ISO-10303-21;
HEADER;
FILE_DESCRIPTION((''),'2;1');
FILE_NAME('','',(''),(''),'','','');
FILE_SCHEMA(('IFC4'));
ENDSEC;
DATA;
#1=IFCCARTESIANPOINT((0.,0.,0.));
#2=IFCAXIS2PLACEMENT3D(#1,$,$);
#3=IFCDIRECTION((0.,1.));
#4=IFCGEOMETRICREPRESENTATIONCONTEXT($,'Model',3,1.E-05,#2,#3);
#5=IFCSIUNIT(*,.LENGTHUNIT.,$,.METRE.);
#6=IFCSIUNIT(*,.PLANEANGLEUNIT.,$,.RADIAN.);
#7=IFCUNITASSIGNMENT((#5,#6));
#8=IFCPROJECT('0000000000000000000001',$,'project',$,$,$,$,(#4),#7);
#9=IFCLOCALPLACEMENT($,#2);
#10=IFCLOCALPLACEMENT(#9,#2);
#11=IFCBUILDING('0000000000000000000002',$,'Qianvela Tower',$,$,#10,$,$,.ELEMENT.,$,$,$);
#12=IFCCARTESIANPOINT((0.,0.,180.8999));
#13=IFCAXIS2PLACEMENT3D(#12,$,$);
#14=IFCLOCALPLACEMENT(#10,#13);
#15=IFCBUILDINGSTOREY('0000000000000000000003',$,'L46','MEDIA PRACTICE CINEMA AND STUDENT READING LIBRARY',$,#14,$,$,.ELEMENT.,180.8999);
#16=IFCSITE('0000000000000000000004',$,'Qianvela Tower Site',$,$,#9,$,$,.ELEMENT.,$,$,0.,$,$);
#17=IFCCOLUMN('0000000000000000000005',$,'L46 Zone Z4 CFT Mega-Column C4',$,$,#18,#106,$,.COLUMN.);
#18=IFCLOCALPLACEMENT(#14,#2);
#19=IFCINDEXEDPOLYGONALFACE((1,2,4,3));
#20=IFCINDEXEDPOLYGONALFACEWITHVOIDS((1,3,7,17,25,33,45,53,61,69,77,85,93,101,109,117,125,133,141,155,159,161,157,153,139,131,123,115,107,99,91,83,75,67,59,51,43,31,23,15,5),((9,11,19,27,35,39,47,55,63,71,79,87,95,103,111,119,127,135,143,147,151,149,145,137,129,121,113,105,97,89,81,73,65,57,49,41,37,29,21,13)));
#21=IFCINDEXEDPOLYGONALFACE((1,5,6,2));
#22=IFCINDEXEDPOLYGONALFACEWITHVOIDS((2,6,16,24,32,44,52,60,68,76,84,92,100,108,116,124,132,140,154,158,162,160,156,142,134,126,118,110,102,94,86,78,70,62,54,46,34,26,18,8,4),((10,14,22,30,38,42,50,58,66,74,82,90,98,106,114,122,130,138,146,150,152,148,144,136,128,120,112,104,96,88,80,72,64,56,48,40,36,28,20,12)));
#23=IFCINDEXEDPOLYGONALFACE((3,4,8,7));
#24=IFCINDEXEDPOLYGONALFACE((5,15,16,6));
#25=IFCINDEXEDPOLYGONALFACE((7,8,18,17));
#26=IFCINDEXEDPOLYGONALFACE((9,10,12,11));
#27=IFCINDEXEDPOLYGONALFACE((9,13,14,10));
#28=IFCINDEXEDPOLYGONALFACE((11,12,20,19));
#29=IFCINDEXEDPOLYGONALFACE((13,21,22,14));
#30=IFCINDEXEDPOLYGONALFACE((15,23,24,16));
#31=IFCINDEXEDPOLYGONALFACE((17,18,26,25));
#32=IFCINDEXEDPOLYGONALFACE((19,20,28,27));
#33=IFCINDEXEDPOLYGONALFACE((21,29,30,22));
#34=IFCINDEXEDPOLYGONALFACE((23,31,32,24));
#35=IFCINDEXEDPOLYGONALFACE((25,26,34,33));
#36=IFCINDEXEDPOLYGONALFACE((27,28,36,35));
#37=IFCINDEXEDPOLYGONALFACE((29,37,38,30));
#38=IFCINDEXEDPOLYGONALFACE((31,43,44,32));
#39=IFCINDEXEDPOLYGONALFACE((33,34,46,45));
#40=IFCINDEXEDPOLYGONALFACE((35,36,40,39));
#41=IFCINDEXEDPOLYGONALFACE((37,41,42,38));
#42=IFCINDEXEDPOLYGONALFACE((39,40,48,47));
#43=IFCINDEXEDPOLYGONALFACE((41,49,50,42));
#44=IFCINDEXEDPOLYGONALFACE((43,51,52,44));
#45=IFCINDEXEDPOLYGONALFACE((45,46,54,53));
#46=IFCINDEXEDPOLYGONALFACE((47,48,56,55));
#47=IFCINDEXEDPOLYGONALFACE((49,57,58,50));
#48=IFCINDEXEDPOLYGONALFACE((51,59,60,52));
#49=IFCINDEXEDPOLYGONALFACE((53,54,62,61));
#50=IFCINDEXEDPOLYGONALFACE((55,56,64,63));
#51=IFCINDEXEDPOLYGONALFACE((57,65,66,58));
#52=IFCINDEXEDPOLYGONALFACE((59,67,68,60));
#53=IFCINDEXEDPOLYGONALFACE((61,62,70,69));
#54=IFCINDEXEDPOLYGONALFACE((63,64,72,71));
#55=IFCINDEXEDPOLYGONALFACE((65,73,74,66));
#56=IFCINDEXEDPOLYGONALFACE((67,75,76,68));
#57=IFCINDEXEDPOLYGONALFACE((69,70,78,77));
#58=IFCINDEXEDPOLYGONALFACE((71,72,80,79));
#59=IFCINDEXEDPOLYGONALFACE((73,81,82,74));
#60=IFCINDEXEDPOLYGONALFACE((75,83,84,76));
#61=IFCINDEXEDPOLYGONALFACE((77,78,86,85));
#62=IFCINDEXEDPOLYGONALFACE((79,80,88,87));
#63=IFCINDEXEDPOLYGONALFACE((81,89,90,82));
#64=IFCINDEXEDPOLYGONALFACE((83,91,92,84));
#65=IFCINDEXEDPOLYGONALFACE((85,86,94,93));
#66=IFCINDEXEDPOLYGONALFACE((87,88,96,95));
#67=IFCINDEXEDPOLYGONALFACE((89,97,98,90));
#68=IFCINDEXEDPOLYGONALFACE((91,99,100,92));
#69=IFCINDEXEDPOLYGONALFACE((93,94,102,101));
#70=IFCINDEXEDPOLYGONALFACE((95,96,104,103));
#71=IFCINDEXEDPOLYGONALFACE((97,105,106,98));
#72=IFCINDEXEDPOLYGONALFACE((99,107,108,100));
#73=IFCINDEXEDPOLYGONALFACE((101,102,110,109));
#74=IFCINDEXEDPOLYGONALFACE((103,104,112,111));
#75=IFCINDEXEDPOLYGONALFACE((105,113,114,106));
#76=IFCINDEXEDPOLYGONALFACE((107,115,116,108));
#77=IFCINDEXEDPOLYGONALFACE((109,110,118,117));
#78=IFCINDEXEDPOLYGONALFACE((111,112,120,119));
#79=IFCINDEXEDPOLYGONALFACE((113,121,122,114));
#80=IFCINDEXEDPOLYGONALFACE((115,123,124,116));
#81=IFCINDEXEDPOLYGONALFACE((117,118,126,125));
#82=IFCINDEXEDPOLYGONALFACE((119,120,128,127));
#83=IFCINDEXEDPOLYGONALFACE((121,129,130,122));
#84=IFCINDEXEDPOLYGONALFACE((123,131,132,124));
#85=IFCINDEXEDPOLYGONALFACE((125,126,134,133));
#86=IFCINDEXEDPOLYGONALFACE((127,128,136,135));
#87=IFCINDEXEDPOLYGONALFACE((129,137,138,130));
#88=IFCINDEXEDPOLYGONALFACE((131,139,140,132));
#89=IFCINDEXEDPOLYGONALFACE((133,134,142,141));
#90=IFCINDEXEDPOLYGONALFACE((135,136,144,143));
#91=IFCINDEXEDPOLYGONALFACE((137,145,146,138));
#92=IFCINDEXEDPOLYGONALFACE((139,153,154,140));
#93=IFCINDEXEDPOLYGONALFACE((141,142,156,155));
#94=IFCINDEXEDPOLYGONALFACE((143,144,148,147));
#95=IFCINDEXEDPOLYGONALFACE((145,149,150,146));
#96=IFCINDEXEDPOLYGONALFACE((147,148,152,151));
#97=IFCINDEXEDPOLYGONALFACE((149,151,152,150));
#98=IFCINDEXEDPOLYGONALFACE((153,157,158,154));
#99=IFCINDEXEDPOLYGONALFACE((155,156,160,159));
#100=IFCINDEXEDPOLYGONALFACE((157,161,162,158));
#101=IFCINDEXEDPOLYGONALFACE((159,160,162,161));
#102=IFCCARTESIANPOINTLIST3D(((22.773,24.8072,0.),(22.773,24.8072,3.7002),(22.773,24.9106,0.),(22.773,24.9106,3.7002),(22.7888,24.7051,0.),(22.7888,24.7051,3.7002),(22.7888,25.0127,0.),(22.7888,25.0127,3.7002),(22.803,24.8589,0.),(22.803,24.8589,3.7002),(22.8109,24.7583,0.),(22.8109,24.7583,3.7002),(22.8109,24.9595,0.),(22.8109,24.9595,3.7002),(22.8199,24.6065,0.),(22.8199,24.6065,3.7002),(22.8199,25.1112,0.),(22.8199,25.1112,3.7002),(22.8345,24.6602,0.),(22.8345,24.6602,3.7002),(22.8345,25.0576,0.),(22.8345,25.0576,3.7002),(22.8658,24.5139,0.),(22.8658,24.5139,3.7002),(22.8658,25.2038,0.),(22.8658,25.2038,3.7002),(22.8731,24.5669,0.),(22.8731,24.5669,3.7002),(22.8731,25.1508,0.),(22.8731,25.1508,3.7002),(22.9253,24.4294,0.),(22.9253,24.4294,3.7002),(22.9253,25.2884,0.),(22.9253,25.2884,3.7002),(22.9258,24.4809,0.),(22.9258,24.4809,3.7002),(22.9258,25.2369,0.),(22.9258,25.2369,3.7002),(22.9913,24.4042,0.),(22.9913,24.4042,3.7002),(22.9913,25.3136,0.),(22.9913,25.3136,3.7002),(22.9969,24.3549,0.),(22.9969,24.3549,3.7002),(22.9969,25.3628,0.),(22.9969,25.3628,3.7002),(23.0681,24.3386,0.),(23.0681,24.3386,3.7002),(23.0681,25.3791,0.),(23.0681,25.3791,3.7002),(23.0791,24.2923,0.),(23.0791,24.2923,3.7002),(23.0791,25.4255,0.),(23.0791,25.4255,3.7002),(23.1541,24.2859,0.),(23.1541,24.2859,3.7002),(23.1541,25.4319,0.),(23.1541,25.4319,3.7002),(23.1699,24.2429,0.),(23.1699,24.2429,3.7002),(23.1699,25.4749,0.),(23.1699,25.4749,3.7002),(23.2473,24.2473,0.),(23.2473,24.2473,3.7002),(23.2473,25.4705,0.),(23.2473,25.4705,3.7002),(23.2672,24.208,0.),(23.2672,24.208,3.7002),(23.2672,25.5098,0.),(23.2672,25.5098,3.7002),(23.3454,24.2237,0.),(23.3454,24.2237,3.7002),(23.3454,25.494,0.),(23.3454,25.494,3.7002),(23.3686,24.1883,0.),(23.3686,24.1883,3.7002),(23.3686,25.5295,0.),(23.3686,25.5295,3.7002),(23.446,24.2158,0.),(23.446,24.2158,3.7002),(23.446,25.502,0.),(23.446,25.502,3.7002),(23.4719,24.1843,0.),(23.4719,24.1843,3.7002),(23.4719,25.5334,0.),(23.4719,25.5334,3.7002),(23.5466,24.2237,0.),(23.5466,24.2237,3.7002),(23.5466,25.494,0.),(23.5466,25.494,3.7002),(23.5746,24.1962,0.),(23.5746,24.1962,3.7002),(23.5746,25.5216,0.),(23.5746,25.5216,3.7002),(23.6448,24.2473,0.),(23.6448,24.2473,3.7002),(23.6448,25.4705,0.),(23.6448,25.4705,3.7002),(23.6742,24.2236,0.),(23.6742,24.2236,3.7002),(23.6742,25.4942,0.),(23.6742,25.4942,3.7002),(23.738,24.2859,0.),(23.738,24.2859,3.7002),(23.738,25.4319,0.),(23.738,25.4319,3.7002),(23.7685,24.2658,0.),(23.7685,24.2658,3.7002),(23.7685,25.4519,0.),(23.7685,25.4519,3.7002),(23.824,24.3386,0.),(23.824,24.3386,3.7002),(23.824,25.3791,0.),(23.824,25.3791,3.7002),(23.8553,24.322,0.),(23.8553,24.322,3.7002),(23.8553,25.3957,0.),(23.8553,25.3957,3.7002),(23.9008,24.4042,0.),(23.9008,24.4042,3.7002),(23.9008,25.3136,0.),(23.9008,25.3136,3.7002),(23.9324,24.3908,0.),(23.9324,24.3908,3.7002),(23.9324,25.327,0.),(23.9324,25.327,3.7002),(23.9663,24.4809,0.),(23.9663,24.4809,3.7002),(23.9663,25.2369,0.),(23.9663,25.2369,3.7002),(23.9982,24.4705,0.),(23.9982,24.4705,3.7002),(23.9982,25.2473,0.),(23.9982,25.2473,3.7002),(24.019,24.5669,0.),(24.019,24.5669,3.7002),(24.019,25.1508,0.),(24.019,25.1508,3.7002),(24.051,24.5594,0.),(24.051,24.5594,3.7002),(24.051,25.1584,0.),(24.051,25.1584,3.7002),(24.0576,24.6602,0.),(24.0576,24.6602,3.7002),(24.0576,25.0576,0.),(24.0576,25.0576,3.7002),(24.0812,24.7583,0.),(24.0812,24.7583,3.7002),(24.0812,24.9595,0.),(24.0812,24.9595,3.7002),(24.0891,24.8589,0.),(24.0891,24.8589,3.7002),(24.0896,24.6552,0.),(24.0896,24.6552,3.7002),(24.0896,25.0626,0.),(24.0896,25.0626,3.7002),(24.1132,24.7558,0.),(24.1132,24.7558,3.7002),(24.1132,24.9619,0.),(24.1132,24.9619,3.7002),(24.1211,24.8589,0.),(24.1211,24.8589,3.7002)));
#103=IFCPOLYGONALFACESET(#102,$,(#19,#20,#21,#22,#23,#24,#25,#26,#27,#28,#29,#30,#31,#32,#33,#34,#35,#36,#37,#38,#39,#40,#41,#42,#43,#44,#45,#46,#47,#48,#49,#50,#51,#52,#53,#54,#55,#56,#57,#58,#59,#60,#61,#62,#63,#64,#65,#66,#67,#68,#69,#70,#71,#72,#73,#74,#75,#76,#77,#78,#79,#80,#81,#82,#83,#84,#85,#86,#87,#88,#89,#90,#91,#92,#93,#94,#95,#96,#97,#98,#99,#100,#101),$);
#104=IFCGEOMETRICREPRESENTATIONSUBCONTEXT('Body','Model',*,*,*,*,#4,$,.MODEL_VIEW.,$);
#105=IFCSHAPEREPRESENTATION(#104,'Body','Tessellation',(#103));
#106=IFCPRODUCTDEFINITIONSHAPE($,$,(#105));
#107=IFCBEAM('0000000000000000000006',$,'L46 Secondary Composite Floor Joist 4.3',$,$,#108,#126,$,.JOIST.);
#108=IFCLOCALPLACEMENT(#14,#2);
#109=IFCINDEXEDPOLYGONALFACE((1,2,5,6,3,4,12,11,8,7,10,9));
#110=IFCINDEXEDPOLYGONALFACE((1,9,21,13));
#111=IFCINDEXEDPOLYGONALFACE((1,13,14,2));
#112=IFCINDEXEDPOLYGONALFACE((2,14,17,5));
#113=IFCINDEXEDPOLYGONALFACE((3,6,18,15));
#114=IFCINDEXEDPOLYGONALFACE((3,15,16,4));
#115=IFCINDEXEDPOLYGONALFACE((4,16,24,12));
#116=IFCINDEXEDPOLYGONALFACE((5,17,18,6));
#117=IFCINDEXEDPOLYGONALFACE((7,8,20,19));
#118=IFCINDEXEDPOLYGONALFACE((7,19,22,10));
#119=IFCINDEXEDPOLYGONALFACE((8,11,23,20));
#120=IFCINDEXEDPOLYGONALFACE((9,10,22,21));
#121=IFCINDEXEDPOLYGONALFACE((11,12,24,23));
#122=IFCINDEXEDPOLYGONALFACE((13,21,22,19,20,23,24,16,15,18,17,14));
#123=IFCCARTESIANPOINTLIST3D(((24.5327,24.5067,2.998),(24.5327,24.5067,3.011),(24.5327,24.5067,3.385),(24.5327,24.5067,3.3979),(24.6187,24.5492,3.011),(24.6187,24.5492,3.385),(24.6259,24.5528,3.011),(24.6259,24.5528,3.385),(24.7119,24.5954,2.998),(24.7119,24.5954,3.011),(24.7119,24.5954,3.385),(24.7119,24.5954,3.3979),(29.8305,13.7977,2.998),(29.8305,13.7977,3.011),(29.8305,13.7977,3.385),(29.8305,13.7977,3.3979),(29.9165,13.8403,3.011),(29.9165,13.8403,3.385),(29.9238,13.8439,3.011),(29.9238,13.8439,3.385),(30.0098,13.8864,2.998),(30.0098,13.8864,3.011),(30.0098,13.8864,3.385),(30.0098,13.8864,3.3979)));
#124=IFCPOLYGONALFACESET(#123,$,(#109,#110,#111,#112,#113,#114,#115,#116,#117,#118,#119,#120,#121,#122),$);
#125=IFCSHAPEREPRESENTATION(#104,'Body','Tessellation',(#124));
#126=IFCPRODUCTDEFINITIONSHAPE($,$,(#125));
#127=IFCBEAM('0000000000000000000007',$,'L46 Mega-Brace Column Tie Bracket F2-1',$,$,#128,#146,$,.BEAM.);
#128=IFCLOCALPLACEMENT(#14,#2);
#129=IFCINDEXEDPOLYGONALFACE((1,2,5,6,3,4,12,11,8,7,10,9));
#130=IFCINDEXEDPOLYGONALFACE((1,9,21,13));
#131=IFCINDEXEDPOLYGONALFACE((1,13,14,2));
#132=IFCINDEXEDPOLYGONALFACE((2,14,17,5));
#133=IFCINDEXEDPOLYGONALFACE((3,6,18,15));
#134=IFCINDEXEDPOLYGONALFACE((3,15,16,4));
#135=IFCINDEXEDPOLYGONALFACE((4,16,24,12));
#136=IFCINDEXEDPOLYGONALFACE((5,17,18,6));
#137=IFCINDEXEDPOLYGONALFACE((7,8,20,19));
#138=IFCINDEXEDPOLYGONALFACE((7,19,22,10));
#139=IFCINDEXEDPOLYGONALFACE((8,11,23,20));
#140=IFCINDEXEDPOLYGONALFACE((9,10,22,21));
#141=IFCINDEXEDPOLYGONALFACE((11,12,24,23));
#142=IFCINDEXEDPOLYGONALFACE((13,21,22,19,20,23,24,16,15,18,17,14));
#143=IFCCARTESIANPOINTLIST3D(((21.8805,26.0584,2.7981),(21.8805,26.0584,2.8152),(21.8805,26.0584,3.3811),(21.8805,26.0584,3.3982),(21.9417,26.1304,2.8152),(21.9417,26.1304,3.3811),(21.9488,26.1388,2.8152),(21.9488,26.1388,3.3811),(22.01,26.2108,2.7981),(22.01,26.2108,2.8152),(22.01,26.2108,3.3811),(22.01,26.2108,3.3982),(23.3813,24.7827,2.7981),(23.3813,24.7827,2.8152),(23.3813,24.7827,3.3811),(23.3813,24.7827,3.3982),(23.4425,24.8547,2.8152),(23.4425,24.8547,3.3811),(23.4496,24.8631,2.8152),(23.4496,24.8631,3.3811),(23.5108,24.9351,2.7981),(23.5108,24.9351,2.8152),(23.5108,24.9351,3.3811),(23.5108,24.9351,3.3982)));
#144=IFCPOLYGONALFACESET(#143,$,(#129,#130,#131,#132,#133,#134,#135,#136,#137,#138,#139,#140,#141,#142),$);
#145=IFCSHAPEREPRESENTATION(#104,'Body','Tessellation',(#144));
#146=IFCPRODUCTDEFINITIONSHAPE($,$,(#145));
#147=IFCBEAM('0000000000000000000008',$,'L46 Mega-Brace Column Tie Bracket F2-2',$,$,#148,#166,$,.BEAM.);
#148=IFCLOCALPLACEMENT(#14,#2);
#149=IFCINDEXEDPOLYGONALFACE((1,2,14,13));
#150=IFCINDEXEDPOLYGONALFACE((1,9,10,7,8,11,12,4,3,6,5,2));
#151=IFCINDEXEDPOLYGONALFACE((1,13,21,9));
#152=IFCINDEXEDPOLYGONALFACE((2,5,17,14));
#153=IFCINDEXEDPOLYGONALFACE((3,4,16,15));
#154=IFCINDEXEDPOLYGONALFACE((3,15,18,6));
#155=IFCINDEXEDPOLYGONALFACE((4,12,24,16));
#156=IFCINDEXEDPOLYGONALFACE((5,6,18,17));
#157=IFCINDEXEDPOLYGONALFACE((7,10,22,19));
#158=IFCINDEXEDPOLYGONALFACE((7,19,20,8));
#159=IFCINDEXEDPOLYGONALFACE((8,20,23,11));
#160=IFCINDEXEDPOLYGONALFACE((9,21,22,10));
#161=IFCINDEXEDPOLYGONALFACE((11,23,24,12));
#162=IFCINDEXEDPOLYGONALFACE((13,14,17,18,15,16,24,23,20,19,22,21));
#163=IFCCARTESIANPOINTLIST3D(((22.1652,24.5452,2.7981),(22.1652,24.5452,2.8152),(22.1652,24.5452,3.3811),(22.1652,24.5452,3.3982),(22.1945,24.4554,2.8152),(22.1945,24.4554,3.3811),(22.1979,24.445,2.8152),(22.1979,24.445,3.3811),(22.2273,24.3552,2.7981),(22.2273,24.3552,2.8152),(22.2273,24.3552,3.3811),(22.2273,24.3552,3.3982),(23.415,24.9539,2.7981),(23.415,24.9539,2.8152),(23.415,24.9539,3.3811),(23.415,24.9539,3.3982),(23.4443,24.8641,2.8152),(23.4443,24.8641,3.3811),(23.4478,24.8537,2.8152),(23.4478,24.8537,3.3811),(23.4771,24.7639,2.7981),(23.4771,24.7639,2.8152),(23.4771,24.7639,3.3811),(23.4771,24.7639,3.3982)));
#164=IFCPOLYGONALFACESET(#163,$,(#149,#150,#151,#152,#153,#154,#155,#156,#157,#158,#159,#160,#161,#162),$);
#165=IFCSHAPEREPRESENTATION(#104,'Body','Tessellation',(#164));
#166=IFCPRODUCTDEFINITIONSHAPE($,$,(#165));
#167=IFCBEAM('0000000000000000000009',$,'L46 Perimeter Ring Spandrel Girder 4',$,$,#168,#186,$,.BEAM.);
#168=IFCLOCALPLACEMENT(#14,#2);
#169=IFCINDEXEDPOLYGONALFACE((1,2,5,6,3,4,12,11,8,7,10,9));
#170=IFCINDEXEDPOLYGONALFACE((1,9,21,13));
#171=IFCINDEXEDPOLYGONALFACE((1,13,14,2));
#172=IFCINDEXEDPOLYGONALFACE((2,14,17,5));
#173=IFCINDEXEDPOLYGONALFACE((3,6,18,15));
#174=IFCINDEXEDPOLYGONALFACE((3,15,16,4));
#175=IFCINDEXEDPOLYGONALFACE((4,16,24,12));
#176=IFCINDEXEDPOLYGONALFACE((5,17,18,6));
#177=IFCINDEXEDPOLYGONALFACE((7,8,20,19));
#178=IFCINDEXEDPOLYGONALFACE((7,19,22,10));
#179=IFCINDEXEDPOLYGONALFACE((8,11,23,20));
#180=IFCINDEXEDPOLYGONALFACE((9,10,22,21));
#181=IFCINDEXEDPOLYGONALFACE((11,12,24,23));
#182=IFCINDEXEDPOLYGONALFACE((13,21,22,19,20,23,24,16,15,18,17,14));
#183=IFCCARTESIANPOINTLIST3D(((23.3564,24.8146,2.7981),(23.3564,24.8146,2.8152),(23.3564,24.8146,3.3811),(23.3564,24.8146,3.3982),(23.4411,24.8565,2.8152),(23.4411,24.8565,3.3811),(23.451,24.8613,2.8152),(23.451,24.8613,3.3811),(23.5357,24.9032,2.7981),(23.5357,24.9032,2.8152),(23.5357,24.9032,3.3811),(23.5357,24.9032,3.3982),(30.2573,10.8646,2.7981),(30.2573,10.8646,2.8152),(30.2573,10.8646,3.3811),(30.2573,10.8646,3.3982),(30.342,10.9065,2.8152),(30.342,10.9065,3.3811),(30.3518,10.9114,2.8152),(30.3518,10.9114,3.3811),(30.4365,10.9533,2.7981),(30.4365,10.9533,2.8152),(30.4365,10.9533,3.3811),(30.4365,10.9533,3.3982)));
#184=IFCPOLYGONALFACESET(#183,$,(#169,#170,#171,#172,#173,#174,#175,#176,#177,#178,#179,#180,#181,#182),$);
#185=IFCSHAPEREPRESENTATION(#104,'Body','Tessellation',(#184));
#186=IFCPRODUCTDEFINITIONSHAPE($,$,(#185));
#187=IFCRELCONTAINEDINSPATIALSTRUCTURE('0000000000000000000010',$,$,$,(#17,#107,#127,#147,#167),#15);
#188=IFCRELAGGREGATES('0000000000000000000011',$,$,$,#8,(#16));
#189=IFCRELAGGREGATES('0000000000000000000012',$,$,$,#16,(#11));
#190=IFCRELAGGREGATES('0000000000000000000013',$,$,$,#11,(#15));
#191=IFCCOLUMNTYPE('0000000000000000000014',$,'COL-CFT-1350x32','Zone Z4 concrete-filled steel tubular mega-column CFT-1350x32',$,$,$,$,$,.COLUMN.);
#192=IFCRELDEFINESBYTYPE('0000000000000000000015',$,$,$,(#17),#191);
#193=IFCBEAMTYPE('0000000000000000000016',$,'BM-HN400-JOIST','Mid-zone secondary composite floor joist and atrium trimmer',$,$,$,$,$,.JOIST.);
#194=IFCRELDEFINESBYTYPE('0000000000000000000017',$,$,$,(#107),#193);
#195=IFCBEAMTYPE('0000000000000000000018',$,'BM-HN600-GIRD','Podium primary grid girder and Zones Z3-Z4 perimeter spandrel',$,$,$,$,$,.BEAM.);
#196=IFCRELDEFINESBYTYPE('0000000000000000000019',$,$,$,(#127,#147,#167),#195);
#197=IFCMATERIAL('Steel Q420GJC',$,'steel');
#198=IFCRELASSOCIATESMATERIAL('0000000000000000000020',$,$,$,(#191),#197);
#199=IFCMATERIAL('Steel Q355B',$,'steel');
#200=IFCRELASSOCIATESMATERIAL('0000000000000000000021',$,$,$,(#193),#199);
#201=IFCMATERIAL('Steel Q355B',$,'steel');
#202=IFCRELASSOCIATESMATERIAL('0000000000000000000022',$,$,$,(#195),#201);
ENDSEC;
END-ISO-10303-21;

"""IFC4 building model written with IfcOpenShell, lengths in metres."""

from ifc_helpers import new_model, si_unit, direction, frame, origin, origin_2d, place, context, subcontext, project, spatial, hollow_circle, i_section, extrude, material, material_profile, profile_set, type_object, element, save


model = new_model("IFC4")

# Units and contexts
model_context = context("Model", 3, precision=1e-05, world=origin(), true_north=direction((0.0, 1.0)))
body_context = subcontext(model_context, "Body", "Model", "MODEL_VIEW")
ifc_project = project(units=[si_unit("LENGTHUNIT", "METRE"), si_unit("PLANEANGLEUNIT", "RADIAN")], contexts=[model_context])

# Site, building, storey
site_placement = place(None, origin())
site = spatial("IfcSite", under=ifc_project, at=site_placement, Name="Qianvela Tower Site", CompositionType="ELEMENT", RefElevation=0.0)
building_placement = place(site_placement, origin())
building = spatial("IfcBuilding", under=site, at=building_placement, Name="Qianvela Tower", CompositionType="ELEMENT")
storey_placement = place(building_placement, frame((0.0, 0.0, 180.8999)))
storey = spatial("IfcBuildingStorey", under=building, at=storey_placement, Name="L46", Description="MEDIA PRACTICE CINEMA AND STUDENT READING LIBRARY", CompositionType="ELEMENT", Elevation=180.8999)

# Column
ifc_material_1 = material(Name="Steel Q420GJC", Category="steel")
ifc_material_profile_1 = material_profile(ifc_material_1, hollow_circle(Radius=0.675, WallThickness=0.032, at=origin_2d()), Name="CFT-1350x32")
ifc_profile_set_1 = profile_set([ifc_material_profile_1], Name="Steel Q420GJC")
column_type = type_object("IfcColumnType", Name="COL-CFT-1350x32", Description="Zone Z4 concrete-filled steel tubular mega-column CFT-1350x32", PredefinedType="COLUMN", material=ifc_profile_set_1)
column_placement = place(storey_placement, frame((23.446, 24.8589, 0.0), z_axis=(0.0, 0.0, 1.0), x_axis=(1.0, 0.0, 0.0)))
element("IfcColumn", 1, at=column_placement, inside=storey, type_object=column_type, Name="L46 Zone Z4 CFT Mega-Column C4", PredefinedType="COLUMN", context=body_context, shape_type="SweptSolid", body=[
    extrude(hollow_circle(Radius=0.675, WallThickness=0.032, at=origin_2d()), origin(), (0.0, 0.0, 1.0), 3.7002),
])

# Beams
ifc_material_2 = material(Name="Steel Q355B", Category="steel")
ifc_material_profile_2 = material_profile(ifc_material_2, i_section(OverallWidth=0.2, OverallDepth=0.3999, WebThickness=0.0081, FlangeThickness=0.0129, at=origin_2d()), Name="HN400x200x8x13")
ifc_profile_set_2 = profile_set([ifc_material_profile_2], Name="Steel Q355B")
beam_type_1 = type_object("IfcBeamType", Name="BM-HN400-JOIST", Description="Mid-zone secondary composite floor joist and atrium trimmer", PredefinedType="JOIST", material=ifc_profile_set_2)
beam_1_placement = place(storey_placement, frame((24.6223, 24.551, 3.198), z_axis=(0.443417, -0.896315, 0.0), x_axis=(0.896315, 0.443417, 0.0)))
element("IfcBeam", 2, at=beam_1_placement, inside=storey, type_object=beam_type_1, Name="L46 Secondary Composite Floor Joist 4.3", PredefinedType="JOIST", context=body_context, shape_type="SweptSolid", body=[
    extrude(i_section(OverallWidth=0.2, OverallDepth=0.3999, WebThickness=0.0081, FlangeThickness=0.0129, at=origin_2d()), origin(), (0.0, 0.0, 1.0), 11.9478),
])
ifc_material_3 = material(Name="Steel Q355B", Category="steel")
ifc_material_profile_3 = material_profile(ifc_material_3, i_section(OverallWidth=0.2, OverallDepth=0.6001, WebThickness=0.011, FlangeThickness=0.0171, at=origin_2d()), Name="HN600x200x11x17")
ifc_profile_set_3 = profile_set([ifc_material_profile_3], Name="Steel Q355B")
beam_type_2 = type_object("IfcBeamType", Name="BM-HN600-GIRD", Description="Podium primary grid girder and Zones Z3-Z4 perimeter spandrel", PredefinedType="BEAM", material=ifc_profile_set_3)
beam_2_placement = place(storey_placement, frame((23.446, 24.8589, 3.0981), z_axis=(-0.761936, 0.647652, 0.0), x_axis=(-0.647652, -0.761936, 0.0)))
element("IfcBeam", 3, at=beam_2_placement, inside=storey, type_object=beam_type_2, Name="L46 Mega-Brace Column Tie Bracket F2-1", PredefinedType="BEAM", context=body_context, shape_type="SweptSolid", body=[
    extrude(i_section(OverallWidth=0.2, OverallDepth=0.6001, WebThickness=0.011, FlangeThickness=0.0171, at=origin_2d()), origin(), (0.0, 0.0, 1.0), 1.9697),
])
beam_3_placement = place(storey_placement, frame((23.446, 24.8589, 3.0981), z_axis=(-0.950469, -0.31082, 0.0), x_axis=(0.31082, -0.950469, 0.0)))
element("IfcBeam", 4, at=beam_3_placement, inside=storey, type_object=beam_type_2, Name="L46 Mega-Brace Column Tie Bracket F2-2", PredefinedType="BEAM", context=body_context, shape_type="SweptSolid", body=[
    extrude(i_section(OverallWidth=0.2, OverallDepth=0.6001, WebThickness=0.011, FlangeThickness=0.0171, at=origin_2d()), origin(), (0.0, 0.0, 1.0), 1.3149),
])
beam_4_placement = place(storey_placement, frame((23.446, 24.8589, 3.0981), z_axis=(0.443401, -0.896323, 0.0), x_axis=(0.896323, 0.443401, 0.0)))
element("IfcBeam", 5, at=beam_4_placement, inside=storey, type_object=beam_type_2, Name="L46 Perimeter Ring Spandrel Girder 4", PredefinedType="BEAM", context=body_context, shape_type="SweptSolid", body=[
    extrude(i_section(OverallWidth=0.2, OverallDepth=0.6001, WebThickness=0.011, FlangeThickness=0.0171, at=origin_2d()), origin(), (0.0, 0.0, 1.0), 15.5635),
])

save(model, "model.ifc")
